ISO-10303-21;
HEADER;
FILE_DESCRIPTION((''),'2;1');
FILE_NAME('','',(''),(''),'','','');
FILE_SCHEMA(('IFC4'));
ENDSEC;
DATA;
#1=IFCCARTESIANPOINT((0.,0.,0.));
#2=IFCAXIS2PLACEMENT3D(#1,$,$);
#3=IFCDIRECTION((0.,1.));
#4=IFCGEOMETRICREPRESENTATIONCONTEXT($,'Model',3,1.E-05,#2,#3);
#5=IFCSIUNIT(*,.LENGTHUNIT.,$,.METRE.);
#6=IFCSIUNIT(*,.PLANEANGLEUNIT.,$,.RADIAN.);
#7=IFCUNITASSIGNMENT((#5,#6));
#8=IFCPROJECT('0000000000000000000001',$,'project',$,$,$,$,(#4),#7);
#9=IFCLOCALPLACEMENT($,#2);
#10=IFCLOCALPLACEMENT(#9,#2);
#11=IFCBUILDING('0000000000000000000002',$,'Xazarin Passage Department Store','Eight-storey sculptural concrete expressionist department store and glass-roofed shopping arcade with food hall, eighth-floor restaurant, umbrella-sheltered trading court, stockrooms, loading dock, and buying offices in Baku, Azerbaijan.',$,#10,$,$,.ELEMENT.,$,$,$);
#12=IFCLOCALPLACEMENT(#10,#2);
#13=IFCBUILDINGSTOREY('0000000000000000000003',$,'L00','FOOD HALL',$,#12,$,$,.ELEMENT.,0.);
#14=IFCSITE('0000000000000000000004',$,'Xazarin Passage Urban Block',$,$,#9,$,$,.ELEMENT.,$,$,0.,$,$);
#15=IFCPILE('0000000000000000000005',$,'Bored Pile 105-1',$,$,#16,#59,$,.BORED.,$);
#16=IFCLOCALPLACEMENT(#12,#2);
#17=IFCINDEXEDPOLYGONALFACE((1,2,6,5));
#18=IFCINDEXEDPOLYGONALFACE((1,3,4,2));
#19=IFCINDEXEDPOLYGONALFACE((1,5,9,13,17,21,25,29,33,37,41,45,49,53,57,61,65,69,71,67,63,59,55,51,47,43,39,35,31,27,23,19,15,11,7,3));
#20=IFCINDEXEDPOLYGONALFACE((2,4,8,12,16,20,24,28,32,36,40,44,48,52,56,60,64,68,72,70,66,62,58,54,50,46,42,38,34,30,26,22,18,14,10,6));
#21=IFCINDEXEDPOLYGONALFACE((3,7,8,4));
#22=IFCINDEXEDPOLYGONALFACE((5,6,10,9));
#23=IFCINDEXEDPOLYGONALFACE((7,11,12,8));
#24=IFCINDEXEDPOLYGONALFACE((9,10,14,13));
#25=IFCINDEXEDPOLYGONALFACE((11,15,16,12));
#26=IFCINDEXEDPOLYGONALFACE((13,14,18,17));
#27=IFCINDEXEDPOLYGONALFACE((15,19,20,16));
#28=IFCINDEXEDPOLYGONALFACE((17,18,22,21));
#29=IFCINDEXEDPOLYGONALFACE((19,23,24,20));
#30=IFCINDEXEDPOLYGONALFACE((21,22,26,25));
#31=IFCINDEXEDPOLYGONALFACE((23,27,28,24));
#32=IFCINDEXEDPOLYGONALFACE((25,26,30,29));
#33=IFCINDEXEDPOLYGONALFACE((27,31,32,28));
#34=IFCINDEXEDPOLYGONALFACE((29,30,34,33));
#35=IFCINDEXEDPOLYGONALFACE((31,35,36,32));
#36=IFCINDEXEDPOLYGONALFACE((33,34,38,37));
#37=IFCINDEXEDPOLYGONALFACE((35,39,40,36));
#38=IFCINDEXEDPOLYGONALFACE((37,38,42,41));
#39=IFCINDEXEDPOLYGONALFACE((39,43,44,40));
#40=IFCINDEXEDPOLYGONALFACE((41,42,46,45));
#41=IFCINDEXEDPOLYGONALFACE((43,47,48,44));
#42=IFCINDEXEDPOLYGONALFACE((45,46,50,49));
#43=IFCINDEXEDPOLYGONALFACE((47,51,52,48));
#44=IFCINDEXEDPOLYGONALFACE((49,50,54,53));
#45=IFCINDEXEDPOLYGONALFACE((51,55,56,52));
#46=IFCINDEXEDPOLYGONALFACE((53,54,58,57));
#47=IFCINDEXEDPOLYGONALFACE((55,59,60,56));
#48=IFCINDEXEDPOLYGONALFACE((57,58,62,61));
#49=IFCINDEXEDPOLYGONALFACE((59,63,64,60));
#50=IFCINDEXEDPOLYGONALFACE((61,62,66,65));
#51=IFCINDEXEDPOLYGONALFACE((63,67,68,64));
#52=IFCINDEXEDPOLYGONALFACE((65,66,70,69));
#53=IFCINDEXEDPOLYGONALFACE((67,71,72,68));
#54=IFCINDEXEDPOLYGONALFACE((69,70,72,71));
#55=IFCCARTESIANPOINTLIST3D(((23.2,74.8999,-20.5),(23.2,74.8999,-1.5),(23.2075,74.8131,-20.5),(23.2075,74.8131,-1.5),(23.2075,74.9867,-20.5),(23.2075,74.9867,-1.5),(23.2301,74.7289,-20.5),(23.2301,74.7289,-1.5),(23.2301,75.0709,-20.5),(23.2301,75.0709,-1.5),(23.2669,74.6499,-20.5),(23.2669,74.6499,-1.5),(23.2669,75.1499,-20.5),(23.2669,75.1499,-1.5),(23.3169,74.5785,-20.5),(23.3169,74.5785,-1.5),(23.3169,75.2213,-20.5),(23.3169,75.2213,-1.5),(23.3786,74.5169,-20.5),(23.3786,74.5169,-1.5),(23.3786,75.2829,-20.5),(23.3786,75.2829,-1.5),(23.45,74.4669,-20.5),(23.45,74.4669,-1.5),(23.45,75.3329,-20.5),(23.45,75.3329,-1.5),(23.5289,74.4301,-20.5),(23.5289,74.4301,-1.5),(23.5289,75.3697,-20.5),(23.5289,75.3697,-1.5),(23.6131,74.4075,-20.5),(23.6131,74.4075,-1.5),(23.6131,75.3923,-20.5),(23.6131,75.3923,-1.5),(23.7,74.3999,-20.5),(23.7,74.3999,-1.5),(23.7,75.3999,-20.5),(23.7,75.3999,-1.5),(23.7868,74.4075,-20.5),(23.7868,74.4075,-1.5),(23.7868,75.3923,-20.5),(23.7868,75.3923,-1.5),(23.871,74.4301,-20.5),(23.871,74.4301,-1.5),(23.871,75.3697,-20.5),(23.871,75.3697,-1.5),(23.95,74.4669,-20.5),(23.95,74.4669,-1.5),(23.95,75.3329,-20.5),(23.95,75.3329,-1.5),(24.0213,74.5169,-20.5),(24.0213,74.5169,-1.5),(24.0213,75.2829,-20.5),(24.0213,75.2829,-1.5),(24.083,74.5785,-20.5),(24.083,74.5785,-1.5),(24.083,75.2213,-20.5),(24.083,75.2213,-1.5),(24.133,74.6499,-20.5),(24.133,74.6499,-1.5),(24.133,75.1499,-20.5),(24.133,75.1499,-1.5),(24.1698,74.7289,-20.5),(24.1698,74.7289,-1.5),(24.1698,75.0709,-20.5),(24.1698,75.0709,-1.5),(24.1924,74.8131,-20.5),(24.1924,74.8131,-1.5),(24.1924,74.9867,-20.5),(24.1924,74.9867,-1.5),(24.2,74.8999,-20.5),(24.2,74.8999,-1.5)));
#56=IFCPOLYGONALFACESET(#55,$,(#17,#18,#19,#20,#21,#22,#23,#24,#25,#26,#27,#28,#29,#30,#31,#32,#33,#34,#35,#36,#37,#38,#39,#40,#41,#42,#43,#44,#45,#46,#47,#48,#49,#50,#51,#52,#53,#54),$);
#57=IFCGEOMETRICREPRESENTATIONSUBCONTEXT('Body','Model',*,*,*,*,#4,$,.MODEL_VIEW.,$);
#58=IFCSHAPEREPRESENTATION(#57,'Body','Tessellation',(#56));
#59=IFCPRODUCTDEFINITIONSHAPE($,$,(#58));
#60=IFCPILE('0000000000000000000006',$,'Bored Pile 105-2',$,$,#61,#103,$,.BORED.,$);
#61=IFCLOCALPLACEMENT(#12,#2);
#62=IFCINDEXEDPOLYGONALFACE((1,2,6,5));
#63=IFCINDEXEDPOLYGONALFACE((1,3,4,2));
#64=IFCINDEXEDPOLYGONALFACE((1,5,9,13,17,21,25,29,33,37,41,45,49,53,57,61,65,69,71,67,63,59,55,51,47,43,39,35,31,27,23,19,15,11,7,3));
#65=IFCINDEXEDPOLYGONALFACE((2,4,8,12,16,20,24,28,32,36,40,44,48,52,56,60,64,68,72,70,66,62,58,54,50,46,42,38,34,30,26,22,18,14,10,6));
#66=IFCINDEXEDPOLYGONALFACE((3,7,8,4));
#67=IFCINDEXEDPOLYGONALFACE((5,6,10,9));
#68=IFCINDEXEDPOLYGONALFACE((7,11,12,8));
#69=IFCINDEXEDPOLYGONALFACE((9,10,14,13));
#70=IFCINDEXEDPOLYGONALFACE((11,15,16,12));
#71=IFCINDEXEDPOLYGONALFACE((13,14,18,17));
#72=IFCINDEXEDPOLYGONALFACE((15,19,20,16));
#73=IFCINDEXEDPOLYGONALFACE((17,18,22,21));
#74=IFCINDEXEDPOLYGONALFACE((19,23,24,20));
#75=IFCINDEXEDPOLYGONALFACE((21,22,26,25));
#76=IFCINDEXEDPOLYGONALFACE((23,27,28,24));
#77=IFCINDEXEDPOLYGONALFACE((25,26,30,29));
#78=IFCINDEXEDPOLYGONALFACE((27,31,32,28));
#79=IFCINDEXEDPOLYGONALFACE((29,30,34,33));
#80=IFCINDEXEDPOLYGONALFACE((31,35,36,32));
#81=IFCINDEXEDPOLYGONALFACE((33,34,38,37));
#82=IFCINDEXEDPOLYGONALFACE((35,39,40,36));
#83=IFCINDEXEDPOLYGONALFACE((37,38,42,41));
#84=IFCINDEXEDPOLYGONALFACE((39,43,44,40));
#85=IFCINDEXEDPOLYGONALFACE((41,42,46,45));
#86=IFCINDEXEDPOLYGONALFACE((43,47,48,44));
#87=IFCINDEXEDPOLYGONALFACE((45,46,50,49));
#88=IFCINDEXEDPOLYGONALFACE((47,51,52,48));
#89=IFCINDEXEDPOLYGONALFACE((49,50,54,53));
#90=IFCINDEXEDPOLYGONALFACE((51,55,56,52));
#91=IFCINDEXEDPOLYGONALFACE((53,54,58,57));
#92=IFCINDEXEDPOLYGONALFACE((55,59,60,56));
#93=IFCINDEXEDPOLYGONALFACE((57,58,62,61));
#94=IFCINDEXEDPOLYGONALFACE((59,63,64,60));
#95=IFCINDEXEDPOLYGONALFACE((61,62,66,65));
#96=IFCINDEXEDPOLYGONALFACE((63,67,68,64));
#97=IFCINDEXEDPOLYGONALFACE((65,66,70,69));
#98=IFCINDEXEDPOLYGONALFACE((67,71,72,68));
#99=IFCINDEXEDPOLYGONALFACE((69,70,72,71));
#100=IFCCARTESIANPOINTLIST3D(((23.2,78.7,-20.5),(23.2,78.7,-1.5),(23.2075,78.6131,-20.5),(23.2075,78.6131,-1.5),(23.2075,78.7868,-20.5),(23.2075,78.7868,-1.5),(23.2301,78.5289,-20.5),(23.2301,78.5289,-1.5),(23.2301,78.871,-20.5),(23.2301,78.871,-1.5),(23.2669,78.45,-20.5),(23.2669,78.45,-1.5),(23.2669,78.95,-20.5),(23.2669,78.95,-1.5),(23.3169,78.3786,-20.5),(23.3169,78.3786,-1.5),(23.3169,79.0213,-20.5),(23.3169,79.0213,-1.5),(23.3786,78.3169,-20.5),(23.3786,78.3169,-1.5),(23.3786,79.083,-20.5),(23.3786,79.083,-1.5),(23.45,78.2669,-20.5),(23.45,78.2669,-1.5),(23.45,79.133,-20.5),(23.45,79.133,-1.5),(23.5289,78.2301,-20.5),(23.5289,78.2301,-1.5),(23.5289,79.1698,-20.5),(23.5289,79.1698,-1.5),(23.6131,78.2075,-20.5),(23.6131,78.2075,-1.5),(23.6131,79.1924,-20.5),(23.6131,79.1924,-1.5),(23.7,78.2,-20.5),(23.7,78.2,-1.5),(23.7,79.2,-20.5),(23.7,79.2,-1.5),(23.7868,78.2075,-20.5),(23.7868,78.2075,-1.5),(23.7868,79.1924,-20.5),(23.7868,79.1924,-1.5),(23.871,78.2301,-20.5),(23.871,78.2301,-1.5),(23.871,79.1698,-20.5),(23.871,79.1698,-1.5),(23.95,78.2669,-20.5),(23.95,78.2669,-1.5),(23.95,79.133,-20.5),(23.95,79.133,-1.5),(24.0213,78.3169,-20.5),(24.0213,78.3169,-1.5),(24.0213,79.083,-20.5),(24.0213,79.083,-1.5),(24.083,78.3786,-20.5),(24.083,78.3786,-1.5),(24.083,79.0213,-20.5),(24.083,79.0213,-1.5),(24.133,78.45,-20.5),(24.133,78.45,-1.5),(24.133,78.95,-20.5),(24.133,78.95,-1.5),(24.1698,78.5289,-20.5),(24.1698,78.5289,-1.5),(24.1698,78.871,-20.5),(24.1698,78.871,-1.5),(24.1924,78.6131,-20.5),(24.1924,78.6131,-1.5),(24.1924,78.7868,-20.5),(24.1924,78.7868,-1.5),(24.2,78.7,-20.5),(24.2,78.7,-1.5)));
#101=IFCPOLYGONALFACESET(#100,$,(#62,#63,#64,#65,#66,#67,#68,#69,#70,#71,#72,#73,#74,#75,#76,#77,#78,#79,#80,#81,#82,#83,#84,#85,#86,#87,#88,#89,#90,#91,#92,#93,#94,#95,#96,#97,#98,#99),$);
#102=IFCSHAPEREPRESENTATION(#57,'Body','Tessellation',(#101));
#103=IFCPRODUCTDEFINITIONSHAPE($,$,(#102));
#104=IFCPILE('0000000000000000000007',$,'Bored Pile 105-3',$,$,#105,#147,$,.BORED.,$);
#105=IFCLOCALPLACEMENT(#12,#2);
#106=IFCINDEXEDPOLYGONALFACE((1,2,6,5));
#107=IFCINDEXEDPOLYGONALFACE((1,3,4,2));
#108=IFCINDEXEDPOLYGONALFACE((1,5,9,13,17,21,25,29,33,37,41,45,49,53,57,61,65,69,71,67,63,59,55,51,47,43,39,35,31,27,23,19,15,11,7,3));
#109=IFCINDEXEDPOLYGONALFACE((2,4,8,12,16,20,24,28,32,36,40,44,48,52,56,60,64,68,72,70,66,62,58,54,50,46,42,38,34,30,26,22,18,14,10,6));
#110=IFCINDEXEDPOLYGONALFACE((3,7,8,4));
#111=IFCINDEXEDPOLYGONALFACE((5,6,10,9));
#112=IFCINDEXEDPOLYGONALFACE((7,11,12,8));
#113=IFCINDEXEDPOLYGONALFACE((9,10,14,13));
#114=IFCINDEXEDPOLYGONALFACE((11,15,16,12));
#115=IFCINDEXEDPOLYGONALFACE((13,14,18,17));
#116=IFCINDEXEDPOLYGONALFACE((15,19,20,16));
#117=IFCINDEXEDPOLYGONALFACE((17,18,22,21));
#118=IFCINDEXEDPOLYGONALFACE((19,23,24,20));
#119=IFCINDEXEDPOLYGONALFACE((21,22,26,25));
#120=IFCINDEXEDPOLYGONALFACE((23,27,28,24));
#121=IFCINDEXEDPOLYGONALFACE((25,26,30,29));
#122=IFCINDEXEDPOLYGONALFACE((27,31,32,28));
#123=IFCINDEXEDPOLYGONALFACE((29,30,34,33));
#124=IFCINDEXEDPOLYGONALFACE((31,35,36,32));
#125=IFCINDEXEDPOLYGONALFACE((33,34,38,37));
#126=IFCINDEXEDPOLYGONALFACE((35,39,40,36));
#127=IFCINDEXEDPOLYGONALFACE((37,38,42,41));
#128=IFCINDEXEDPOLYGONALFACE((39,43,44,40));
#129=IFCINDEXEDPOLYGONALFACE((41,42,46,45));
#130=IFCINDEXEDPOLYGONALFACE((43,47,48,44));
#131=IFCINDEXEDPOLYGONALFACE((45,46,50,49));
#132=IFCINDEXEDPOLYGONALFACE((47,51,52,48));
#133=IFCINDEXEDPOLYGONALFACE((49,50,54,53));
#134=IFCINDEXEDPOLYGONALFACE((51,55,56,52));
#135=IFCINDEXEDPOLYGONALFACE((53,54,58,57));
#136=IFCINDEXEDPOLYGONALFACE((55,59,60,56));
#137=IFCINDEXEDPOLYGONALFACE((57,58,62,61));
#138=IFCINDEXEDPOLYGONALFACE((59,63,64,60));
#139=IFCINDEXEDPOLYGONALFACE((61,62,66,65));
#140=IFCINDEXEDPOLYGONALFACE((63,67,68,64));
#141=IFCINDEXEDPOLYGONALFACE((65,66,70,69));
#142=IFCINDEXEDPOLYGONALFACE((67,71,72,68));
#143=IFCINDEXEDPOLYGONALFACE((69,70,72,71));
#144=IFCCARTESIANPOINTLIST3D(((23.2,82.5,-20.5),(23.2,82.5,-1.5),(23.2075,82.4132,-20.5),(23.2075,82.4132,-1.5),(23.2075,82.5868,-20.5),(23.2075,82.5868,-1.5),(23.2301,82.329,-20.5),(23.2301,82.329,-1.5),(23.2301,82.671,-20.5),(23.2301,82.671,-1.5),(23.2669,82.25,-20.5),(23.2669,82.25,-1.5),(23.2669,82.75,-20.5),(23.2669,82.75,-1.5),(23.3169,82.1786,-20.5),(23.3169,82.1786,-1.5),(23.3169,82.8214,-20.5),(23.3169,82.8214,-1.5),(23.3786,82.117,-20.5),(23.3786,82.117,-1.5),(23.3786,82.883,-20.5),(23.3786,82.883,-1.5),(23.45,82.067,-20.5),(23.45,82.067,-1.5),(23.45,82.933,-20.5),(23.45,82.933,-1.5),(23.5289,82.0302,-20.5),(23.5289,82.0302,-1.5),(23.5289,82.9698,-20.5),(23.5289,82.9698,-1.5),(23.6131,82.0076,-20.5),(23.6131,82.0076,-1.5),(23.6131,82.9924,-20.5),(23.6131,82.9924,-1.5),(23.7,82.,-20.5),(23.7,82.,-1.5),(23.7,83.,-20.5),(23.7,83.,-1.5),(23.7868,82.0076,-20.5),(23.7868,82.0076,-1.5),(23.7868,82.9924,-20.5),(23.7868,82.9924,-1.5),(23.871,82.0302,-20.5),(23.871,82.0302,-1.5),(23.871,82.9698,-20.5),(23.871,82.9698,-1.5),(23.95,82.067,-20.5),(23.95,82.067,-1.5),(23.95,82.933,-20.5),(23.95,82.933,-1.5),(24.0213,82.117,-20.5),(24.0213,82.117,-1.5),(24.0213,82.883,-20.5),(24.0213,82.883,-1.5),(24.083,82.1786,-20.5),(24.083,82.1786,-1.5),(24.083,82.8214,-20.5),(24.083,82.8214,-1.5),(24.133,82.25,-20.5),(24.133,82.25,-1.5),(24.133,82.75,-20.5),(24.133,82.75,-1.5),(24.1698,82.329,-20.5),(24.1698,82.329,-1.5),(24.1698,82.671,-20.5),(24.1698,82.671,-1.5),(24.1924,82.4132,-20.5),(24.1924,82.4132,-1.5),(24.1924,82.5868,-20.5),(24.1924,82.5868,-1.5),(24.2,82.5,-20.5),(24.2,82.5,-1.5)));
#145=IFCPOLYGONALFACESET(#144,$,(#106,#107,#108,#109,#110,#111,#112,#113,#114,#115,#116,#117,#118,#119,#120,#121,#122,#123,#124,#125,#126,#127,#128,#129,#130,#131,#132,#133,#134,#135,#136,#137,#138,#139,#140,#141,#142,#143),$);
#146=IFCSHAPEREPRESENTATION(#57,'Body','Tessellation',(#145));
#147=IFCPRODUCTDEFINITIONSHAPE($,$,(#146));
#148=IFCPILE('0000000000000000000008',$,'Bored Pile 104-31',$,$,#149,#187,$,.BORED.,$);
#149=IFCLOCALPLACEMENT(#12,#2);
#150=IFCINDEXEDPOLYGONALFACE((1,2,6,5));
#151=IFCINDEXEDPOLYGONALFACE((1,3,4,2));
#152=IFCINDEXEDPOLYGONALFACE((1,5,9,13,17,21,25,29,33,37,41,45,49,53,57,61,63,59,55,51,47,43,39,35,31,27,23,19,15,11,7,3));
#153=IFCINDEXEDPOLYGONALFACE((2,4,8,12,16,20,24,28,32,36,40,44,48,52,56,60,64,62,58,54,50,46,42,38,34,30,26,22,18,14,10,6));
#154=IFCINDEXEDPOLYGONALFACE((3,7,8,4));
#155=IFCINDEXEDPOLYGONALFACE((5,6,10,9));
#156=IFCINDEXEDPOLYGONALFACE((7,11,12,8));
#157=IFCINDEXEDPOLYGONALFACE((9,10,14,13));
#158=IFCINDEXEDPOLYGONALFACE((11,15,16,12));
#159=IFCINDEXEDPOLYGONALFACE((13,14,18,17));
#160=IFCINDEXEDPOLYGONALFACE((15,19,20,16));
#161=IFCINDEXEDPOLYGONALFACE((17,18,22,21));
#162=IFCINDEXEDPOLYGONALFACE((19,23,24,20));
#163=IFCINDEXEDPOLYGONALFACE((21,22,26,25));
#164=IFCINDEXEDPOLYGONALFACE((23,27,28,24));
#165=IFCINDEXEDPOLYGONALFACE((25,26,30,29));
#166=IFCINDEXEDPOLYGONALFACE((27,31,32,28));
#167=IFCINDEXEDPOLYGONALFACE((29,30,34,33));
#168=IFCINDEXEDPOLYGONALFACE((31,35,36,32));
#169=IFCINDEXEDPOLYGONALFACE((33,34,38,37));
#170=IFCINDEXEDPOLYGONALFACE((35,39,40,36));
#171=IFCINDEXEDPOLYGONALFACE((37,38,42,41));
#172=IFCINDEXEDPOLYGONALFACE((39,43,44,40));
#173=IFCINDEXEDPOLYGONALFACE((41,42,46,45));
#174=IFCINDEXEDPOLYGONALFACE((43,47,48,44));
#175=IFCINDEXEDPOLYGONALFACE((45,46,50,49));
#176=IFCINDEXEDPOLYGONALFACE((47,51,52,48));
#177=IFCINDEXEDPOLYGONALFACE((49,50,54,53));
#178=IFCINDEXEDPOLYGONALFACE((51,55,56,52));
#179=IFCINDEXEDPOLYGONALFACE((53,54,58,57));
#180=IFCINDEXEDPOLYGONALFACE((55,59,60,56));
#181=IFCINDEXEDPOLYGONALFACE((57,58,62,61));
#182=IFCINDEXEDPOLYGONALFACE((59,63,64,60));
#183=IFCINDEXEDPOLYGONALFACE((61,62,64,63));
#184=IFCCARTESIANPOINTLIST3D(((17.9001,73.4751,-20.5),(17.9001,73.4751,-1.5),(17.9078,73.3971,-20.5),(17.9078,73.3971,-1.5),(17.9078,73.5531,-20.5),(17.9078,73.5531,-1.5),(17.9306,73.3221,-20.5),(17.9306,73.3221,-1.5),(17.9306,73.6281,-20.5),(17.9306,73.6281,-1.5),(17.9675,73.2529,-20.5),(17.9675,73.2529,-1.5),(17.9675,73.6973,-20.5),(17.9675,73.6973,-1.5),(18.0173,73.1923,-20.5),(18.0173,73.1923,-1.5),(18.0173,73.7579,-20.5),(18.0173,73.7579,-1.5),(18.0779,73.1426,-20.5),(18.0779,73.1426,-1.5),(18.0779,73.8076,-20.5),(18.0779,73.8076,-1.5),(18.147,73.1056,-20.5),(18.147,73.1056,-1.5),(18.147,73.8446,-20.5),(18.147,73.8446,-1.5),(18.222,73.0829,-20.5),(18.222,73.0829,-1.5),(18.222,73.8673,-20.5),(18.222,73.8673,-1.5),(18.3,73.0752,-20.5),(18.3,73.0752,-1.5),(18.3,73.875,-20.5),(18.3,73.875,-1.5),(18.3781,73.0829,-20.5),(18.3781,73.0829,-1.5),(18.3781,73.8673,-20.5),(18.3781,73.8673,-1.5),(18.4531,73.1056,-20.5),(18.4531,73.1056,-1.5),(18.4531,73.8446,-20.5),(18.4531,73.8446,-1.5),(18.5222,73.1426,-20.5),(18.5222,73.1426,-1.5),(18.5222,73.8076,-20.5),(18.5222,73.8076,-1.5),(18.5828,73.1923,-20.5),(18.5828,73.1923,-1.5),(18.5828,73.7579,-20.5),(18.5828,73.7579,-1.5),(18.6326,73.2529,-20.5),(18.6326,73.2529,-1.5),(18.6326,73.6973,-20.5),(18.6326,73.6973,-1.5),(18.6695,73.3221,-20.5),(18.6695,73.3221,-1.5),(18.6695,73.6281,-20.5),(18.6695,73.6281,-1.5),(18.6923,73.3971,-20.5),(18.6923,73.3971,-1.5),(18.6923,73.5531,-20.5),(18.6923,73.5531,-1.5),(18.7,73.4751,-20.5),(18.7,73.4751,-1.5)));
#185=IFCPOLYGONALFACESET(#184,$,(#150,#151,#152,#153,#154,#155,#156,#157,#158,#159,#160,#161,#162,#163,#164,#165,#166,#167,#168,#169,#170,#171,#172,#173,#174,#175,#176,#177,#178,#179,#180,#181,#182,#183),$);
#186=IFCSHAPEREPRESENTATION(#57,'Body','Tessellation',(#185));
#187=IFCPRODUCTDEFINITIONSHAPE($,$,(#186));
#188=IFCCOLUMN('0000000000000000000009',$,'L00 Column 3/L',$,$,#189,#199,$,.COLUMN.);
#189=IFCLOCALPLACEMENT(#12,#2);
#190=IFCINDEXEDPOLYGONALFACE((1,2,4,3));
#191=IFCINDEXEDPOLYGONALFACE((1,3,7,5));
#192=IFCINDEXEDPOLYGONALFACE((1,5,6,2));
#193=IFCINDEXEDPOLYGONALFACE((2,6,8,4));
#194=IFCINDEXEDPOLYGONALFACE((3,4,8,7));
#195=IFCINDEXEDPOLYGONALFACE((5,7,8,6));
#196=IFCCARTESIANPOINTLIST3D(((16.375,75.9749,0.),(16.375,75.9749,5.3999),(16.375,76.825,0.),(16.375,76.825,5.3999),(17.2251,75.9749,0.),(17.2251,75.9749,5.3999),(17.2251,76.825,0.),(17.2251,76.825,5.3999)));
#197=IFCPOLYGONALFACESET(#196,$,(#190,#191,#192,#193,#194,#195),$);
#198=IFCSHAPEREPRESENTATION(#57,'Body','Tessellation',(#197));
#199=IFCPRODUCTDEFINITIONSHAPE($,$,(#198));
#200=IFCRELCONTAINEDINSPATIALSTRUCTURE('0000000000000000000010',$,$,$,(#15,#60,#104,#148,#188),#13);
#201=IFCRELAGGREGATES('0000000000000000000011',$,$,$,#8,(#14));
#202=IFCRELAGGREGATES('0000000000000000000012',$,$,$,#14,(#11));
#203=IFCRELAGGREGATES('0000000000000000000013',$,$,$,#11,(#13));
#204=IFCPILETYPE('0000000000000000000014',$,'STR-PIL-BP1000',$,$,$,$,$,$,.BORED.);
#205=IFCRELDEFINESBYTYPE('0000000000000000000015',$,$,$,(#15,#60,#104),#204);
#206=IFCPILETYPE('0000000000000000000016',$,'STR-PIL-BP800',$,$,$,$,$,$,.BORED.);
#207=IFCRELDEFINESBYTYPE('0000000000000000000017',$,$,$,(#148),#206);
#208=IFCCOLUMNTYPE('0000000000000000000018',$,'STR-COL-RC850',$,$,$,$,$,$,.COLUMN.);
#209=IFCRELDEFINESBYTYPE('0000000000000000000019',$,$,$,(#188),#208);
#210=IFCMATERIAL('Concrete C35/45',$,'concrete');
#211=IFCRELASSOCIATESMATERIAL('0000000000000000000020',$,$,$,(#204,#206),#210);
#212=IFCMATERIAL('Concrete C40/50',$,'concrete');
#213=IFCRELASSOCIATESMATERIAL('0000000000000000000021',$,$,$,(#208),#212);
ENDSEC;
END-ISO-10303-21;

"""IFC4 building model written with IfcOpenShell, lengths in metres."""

from ifc_helpers import new_model, si_unit, direction, frame, origin, origin_2d, place, context, subcontext, project, spatial, rectangle, circle, extrude, material, material_profile, profile_set, type_object, element, save


model = new_model("IFC4")

# Units and contexts
model_context = context("Model", 3, precision=1e-05, world=origin(), true_north=direction((0.0, 1.0)))
body_context = subcontext(model_context, "Body", "Model", "MODEL_VIEW")
ifc_project = project(units=[si_unit("LENGTHUNIT", "METRE"), si_unit("PLANEANGLEUNIT", "RADIAN")], contexts=[model_context])

# Site, building, storey
site_placement = place(None, origin())
site = spatial("IfcSite", under=ifc_project, at=site_placement, Name="Xazarin Passage Urban Block", CompositionType="ELEMENT", RefElevation=0.0)
building_placement = place(site_placement, origin())
building = spatial("IfcBuilding", under=site, at=building_placement, Name="Xazarin Passage Department Store", Description="Eight-storey sculptural concrete expressionist department store and glass-roofed shopping arcade with food hall, eighth-floor restaurant, umbrella-sheltered trading court, stockrooms, loading dock, and buying offices in Baku, Azerbaijan.", CompositionType="ELEMENT")
storey_placement = place(building_placement, origin())
storey = spatial("IfcBuildingStorey", under=building, at=storey_placement, Name="L00", Description="FOOD HALL", CompositionType="ELEMENT", Elevation=0.0)

# Shared definitions
ifc_material_1 = material(Name="Concrete C35/45", Category="concrete")

# Piles
ifc_material_profile_1 = material_profile(ifc_material_1, circle(Radius=0.5, at=origin_2d()), Name="BP 1000")
ifc_profile_set_1 = profile_set([ifc_material_profile_1], Name="Concrete C35/45")
pile_type_1 = type_object("IfcPileType", Name="STR-PIL-BP1000", PredefinedType="BORED", material=ifc_profile_set_1)
for number, where, z_axis, x_axis, name in (
    (1, (23.7, 74.8999, -1.5), (0.0, 0.0, -1.0), (1.0, 0.0, 0.0), "Bored Pile 105-1"),
    (2, (23.7, 78.7, -1.5), (0.0, 0.0, -1.0), (1.0, 0.0, 0.0), "Bored Pile 105-2"),
    (3, (23.7, 82.5, -1.5), (0.0, 0.0, -1.0), (1.0, 0.0, 0.0), "Bored Pile 105-3"),
):
    element("IfcPile", number, at=place(storey_placement, frame(where, z_axis=z_axis, x_axis=x_axis)), inside=storey, type_object=pile_type_1, Name=name, PredefinedType="BORED", context=body_context, shape_type="SweptSolid", body=[
        extrude(circle(Radius=0.5, at=origin_2d()), origin(), (0.0, 0.0, 1.0), 19.0),
    ])
ifc_material_profile_2 = material_profile(ifc_material_1, circle(Radius=0.3999, at=origin_2d()), Name="BP 800")
ifc_profile_set_2 = profile_set([ifc_material_profile_2], Name="Concrete C35/45")
pile_type_2 = type_object("IfcPileType", Name="STR-PIL-BP800", PredefinedType="BORED", material=ifc_profile_set_2)
pile_placement = place(storey_placement, frame((18.3, 73.4751, -1.5), z_axis=(0.0, 0.0, -1.0), x_axis=(1.0, 0.0, 0.0)))
element("IfcPile", 4, at=pile_placement, inside=storey, type_object=pile_type_2, Name="Bored Pile 104-31", PredefinedType="BORED", context=body_context, shape_type="SweptSolid", body=[
    extrude(circle(Radius=0.3999, at=origin_2d()), origin(), (0.0, 0.0, 1.0), 19.0),
])

# Column
ifc_material_2 = material(Name="Concrete C40/50", Category="concrete")
ifc_material_profile_3 = material_profile(ifc_material_2, rectangle(XDim=0.8501, YDim=0.8501, at=origin_2d()), Name="RC 850x850")
ifc_profile_set_3 = profile_set([ifc_material_profile_3], Name="Concrete C40/50")
column_type = type_object("IfcColumnType", Name="STR-COL-RC850", PredefinedType="COLUMN", material=ifc_profile_set_3)
column_placement = place(storey_placement, frame((16.8, 76.3999, 0.0), z_axis=(0.0, 0.0, 1.0), x_axis=(1.0, 0.0, 0.0)))
element("IfcColumn", 5, at=column_placement, inside=storey, type_object=column_type, Name="L00 Column 3/L", PredefinedType="COLUMN", context=body_context, shape_type="SweptSolid", body=[
    extrude(rectangle(XDim=0.8501, YDim=0.8501, at=origin_2d()), origin(), (0.0, 0.0, 1.0), 5.3999),
])

save(model, "model.ifc")
